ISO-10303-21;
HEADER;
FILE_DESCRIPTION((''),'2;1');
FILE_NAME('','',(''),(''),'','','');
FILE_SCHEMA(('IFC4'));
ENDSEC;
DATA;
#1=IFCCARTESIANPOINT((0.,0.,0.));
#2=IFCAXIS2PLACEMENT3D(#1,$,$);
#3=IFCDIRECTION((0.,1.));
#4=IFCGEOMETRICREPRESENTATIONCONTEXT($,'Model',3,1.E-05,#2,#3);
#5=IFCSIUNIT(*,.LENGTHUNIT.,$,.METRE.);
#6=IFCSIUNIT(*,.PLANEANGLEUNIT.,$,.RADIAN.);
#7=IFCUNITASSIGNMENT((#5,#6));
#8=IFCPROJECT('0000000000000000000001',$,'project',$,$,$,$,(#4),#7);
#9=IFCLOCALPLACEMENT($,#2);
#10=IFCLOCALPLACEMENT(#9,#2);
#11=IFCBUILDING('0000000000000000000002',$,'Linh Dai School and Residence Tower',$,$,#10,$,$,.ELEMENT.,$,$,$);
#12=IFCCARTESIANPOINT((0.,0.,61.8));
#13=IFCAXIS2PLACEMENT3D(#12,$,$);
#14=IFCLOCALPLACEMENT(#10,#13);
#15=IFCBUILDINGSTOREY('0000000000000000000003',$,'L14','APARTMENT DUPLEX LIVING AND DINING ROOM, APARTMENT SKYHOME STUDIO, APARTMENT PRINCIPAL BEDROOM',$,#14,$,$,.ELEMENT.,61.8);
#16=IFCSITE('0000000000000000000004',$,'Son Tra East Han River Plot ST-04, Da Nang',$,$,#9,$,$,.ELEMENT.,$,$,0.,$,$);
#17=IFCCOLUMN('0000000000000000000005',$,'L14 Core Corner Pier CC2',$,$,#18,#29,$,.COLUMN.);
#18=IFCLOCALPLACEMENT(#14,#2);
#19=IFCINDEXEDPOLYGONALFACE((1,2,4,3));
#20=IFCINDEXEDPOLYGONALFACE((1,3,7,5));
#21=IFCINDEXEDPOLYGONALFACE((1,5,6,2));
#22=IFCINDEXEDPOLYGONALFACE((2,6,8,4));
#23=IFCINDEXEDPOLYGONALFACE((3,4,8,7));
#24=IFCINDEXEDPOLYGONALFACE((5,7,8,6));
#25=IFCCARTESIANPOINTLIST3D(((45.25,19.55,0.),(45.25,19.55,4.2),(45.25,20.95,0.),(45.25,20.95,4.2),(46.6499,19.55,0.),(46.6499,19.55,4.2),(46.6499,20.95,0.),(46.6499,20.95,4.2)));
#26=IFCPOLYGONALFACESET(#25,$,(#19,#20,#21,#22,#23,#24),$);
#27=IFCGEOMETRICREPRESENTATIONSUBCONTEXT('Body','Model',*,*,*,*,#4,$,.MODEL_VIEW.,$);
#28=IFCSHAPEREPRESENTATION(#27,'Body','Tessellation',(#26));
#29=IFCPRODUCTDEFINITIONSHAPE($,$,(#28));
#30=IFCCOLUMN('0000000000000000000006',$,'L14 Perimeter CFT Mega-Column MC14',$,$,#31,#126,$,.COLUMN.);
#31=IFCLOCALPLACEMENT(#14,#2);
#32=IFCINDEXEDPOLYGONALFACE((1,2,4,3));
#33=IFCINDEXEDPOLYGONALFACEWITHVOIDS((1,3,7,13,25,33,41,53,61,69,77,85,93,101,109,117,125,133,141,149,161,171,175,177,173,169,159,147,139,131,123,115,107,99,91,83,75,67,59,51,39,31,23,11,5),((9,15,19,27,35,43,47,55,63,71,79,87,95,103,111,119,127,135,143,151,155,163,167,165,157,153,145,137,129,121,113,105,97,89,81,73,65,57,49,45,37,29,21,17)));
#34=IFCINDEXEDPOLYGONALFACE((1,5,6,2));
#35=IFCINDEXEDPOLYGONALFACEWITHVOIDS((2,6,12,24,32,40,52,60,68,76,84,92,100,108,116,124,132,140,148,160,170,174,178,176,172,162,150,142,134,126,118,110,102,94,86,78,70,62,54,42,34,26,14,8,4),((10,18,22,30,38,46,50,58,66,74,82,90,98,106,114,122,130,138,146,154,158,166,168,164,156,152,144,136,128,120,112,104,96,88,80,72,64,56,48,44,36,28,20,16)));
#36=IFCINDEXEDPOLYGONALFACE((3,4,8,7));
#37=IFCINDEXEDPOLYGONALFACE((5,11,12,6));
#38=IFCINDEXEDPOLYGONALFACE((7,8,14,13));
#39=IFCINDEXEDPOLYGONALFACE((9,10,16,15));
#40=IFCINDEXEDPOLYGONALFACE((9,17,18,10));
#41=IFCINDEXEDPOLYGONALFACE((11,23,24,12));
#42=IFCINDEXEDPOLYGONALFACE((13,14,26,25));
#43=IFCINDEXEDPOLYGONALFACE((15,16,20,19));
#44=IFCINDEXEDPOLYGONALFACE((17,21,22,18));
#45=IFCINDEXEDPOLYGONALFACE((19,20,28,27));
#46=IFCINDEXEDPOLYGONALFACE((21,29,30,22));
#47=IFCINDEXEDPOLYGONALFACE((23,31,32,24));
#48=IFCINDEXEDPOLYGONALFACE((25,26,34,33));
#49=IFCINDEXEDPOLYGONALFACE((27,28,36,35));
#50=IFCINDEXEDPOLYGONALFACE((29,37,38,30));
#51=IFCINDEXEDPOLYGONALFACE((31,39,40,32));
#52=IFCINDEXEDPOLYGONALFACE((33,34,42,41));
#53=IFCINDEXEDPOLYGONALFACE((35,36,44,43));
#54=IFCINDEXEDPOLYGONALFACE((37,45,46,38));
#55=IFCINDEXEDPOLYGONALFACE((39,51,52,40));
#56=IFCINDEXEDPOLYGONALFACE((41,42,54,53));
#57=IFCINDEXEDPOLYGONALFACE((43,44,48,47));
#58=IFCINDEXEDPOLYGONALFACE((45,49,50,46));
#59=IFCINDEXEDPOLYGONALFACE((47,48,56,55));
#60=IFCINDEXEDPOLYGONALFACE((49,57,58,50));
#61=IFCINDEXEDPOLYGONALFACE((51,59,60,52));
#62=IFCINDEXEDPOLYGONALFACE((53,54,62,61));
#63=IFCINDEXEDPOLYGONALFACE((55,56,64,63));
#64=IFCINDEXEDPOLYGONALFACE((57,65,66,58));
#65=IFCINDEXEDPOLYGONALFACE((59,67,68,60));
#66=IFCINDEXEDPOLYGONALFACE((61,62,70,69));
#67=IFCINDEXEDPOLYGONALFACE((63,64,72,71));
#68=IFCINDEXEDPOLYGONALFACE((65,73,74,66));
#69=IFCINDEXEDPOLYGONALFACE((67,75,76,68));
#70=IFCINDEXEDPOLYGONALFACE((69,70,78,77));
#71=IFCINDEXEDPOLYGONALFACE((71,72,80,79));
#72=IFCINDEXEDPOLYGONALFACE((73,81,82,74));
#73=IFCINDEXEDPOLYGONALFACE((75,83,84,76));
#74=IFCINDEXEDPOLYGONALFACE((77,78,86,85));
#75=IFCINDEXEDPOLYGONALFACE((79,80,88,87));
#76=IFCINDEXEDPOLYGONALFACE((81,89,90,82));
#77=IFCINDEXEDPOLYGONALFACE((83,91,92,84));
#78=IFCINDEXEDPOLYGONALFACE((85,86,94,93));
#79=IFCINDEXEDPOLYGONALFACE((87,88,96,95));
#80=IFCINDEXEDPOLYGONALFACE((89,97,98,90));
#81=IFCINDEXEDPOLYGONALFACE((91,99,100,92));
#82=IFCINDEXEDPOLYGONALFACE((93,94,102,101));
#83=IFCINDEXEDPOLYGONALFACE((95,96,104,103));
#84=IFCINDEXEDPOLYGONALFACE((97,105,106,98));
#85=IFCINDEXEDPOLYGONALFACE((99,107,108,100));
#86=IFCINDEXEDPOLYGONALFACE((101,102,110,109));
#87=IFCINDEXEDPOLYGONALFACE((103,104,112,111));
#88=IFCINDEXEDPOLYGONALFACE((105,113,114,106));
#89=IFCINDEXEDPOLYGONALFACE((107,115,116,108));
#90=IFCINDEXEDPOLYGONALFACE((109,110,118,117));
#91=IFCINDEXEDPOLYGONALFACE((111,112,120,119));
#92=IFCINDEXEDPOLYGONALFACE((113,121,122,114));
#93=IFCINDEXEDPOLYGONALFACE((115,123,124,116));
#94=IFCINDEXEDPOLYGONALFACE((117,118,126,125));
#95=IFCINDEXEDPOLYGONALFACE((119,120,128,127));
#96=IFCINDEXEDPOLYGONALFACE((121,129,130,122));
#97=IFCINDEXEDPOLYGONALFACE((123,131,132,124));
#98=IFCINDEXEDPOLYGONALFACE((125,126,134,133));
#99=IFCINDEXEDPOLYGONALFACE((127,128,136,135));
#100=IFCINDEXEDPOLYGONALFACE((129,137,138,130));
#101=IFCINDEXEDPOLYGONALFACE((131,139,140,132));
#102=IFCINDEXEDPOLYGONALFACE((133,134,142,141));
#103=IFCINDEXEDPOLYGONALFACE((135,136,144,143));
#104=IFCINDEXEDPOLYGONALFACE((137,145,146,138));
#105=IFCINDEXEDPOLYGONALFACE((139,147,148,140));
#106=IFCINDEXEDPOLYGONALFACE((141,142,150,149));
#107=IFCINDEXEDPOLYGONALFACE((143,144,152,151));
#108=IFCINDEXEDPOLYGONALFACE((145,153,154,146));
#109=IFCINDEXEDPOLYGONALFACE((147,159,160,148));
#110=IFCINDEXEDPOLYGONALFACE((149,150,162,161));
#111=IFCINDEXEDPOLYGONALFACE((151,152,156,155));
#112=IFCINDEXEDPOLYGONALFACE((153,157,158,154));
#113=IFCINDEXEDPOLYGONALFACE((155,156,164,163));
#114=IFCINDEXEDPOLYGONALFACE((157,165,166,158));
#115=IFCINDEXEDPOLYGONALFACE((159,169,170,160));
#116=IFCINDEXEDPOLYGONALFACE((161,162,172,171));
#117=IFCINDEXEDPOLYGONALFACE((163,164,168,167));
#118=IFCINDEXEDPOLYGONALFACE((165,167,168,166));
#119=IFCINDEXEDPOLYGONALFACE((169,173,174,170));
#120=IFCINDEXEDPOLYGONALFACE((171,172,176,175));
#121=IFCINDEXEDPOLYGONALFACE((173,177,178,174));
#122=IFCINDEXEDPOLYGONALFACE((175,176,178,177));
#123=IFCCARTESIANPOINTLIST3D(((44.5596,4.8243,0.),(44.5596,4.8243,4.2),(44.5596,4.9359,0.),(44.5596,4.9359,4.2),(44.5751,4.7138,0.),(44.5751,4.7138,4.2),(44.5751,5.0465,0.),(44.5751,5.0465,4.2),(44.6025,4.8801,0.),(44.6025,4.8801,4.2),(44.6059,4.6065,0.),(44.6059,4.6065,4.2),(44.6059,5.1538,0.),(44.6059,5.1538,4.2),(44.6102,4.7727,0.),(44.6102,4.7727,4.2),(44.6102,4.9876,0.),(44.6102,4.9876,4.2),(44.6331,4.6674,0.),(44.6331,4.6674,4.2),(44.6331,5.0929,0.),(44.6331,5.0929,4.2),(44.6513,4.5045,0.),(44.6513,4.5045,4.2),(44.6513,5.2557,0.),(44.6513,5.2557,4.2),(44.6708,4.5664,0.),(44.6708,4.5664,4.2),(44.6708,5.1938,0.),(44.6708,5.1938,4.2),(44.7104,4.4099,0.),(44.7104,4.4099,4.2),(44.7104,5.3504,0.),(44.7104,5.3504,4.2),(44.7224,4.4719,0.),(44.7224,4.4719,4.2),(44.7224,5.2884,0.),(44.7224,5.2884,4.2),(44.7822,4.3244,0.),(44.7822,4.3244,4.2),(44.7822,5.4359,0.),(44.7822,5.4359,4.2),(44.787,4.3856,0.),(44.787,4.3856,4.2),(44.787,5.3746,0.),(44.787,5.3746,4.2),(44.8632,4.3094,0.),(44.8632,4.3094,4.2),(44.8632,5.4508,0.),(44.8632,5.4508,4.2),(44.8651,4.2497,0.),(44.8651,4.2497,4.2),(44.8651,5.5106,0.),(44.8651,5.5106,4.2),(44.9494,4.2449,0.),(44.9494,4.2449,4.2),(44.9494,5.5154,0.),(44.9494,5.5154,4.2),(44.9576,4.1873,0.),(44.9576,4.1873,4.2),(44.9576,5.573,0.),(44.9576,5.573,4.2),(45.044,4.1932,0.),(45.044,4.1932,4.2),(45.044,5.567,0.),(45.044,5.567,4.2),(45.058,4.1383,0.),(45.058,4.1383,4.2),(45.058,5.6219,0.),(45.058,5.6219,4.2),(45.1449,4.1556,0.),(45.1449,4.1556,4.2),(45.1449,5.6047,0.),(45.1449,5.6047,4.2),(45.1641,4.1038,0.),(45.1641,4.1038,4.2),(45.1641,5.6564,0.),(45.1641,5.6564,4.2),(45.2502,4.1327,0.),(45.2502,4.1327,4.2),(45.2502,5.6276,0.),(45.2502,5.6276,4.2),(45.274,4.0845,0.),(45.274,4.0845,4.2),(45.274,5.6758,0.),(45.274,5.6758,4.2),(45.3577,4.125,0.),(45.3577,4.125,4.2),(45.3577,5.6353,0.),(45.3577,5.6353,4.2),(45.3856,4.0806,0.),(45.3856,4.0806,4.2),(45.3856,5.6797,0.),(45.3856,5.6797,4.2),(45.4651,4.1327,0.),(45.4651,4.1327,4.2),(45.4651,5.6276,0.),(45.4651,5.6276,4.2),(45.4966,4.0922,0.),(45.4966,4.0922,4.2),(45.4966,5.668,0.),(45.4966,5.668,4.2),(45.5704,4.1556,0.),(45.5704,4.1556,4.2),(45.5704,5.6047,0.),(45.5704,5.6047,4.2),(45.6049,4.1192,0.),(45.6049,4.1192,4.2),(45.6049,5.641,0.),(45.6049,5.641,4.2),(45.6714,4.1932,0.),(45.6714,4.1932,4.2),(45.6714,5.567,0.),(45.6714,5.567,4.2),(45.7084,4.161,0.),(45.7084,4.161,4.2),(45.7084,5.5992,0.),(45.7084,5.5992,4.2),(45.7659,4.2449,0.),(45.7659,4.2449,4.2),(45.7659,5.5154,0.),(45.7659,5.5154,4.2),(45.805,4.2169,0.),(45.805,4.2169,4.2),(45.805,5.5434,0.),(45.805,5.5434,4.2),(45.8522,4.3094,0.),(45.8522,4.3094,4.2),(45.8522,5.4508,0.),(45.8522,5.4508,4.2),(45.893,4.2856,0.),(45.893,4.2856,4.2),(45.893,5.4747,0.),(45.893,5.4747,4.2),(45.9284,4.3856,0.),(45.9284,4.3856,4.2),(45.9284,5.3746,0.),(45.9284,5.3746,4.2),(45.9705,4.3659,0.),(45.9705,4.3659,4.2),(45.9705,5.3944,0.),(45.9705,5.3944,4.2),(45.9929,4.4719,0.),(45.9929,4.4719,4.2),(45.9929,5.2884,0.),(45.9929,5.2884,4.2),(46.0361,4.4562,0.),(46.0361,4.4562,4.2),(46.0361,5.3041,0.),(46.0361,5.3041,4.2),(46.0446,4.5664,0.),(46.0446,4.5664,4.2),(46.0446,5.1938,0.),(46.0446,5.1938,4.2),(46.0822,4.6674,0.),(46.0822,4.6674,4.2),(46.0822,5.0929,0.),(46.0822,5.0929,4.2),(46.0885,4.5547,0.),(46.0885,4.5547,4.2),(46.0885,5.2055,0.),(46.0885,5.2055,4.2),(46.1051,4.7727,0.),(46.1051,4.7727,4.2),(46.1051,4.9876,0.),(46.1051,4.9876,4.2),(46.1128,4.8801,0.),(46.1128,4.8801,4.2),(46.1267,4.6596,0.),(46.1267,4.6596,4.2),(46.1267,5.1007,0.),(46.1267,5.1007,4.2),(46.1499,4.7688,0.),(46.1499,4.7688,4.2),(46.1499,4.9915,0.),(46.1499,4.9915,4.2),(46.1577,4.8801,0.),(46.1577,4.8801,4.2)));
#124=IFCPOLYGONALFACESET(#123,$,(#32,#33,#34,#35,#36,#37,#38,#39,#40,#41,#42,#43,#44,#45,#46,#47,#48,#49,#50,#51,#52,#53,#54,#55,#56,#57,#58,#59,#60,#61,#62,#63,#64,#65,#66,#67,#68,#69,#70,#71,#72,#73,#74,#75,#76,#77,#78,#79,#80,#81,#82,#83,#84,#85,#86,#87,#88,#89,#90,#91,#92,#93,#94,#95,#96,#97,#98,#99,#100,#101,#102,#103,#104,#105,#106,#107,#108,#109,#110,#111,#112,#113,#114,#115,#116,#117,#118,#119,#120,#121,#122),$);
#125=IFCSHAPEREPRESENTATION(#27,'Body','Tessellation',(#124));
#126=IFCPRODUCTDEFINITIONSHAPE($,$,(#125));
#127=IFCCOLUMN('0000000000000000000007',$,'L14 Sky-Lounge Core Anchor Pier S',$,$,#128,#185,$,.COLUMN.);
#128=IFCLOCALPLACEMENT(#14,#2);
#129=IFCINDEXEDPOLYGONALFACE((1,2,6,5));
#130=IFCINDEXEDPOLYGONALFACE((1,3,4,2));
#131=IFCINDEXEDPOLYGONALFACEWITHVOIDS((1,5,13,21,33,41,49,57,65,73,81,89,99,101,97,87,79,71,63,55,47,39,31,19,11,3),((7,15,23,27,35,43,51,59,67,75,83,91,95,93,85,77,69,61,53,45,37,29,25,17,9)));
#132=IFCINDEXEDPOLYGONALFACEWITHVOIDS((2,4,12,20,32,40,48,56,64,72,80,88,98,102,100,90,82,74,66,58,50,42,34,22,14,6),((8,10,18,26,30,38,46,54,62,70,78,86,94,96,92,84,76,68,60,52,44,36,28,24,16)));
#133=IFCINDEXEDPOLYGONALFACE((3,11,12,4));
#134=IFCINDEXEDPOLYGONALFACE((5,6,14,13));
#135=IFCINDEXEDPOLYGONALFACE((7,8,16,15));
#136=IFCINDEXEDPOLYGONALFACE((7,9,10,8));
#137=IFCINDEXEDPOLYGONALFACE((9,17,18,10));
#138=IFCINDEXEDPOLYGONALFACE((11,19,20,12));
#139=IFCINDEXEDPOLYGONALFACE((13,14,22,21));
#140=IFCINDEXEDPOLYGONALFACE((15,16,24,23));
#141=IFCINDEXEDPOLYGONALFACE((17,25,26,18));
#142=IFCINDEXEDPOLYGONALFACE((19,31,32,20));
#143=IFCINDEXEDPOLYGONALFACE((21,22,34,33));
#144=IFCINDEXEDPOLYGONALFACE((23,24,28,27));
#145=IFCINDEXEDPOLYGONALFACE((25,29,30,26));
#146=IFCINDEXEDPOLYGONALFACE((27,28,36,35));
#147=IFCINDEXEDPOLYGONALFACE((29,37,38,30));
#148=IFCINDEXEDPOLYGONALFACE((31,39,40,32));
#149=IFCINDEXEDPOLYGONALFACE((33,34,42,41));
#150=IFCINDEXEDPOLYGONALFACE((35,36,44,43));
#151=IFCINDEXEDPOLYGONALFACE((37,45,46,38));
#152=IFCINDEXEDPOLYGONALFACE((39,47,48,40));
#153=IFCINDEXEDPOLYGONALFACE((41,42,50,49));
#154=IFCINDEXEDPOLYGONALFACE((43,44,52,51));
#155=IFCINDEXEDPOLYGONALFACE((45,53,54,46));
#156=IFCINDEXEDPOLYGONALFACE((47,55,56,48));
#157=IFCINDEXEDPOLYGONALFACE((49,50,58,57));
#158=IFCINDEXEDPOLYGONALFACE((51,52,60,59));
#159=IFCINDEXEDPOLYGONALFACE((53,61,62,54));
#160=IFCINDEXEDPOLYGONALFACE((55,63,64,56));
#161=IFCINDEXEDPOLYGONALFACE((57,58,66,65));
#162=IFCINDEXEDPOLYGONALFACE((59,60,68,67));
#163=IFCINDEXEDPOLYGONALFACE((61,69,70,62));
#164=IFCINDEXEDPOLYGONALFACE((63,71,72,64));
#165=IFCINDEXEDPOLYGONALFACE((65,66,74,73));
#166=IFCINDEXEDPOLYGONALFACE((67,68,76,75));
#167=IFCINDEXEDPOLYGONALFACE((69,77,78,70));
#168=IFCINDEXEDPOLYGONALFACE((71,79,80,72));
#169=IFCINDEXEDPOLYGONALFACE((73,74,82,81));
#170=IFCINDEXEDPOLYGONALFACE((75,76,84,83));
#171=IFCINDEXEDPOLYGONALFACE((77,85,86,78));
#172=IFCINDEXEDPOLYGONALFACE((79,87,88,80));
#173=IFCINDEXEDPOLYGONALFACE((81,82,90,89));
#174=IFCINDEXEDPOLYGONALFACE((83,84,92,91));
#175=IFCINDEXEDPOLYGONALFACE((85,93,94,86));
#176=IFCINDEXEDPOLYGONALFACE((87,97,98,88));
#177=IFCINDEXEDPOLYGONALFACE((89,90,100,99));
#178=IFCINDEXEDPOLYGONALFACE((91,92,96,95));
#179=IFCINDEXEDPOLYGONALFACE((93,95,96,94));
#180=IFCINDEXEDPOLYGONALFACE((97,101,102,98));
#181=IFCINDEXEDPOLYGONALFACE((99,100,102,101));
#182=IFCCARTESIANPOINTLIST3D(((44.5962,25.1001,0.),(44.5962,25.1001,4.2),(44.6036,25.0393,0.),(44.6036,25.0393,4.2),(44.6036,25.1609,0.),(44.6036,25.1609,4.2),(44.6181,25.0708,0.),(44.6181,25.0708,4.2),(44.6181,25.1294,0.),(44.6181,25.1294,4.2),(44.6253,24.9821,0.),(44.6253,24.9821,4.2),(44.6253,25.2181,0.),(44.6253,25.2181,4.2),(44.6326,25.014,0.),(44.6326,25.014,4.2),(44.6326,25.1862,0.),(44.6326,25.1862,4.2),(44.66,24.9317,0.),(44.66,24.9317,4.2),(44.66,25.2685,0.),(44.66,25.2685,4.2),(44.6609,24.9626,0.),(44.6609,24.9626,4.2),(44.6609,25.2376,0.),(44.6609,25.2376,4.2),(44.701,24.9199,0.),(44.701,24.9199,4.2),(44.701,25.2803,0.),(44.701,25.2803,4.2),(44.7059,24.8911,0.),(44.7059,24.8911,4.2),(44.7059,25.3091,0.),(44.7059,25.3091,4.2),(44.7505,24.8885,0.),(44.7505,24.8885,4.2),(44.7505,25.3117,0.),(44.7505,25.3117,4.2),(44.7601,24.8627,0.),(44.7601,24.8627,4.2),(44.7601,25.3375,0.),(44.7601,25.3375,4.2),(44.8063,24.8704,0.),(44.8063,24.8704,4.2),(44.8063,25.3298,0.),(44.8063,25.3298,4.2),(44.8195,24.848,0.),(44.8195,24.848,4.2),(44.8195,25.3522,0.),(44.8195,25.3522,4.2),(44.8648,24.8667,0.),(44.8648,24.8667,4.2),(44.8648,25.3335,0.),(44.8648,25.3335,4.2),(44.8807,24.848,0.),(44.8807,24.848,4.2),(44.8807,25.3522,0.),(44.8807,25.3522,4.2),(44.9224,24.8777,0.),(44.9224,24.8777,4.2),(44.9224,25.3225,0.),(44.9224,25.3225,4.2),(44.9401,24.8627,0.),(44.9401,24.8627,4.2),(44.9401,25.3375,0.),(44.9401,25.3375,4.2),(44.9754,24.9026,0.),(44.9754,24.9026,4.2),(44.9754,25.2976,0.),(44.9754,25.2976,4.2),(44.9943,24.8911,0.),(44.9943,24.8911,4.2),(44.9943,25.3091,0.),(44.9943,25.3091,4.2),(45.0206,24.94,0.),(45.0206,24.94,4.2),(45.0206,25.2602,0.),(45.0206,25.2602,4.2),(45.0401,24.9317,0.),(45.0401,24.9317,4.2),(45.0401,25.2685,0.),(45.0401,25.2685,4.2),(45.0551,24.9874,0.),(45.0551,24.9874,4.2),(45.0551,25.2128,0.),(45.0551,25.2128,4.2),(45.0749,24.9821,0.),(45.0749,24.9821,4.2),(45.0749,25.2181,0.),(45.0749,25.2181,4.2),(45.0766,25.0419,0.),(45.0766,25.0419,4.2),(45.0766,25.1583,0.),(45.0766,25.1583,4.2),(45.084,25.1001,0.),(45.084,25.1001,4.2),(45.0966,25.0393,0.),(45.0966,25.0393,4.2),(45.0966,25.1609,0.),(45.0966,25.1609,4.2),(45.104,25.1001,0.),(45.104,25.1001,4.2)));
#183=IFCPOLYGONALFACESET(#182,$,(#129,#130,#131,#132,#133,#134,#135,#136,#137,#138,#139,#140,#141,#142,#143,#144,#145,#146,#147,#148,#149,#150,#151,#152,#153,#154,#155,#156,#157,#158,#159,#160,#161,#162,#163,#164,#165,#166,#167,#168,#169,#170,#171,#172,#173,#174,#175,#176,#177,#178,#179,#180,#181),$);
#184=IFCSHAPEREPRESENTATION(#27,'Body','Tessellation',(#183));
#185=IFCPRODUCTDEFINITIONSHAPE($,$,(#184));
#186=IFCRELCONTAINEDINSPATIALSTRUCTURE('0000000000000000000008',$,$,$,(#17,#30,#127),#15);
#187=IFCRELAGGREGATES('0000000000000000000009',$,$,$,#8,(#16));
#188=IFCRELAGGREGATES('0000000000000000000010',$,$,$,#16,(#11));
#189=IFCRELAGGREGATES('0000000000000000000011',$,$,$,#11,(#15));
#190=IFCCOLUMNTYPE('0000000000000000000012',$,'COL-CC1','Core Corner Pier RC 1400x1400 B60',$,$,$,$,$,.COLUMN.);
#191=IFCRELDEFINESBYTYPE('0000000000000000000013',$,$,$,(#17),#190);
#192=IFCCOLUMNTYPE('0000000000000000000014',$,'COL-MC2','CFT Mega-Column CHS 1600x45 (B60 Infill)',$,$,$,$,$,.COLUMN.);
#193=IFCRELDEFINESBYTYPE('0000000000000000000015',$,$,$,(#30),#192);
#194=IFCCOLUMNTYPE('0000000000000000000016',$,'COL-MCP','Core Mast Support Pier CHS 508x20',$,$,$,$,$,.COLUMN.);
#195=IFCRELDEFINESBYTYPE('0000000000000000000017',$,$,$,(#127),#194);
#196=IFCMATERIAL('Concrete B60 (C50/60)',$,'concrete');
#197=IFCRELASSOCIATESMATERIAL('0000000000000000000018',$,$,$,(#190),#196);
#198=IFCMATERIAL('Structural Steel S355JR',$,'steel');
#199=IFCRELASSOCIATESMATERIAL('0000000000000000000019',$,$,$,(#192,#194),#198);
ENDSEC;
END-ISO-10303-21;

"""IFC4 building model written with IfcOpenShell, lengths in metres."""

from ifc_helpers import new_model, si_unit, direction, frame, origin, origin_2d, place, context, subcontext, project, spatial, rectangle, hollow_circle, extrude, material, material_profile, profile_set, type_object, element, save


model = new_model("IFC4")

# Units and contexts
model_context = context("Model", 3, precision=1e-05, world=origin(), true_north=direction((0.0, 1.0)))
body_context = subcontext(model_context, "Body", "Model", "MODEL_VIEW")
ifc_project = project(units=[si_unit("LENGTHUNIT", "METRE"), si_unit("PLANEANGLEUNIT", "RADIAN")], contexts=[model_context])

# Site, building, storey
site_placement = place(None, origin())
site = spatial("IfcSite", under=ifc_project, at=site_placement, Name="Son Tra East Han River Plot ST-04, Da Nang", CompositionType="ELEMENT", RefElevation=0.0)
building_placement = place(site_placement, origin())
building = spatial("IfcBuilding", under=site, at=building_placement, Name="Linh Dai School and Residence Tower", CompositionType="ELEMENT")
storey_placement = place(building_placement, frame((0.0, 0.0, 61.8)))
storey = spatial("IfcBuildingStorey", under=building, at=storey_placement, Name="L14", Description="APARTMENT DUPLEX LIVING AND DINING ROOM, APARTMENT SKYHOME STUDIO, APARTMENT PRINCIPAL BEDROOM", CompositionType="ELEMENT", Elevation=61.8)

# Columns
ifc_material_1 = material(Name="Concrete B60 (C50/60)", Category="concrete")
ifc_material_profile_1 = material_profile(ifc_material_1, rectangle(XDim=1.3999, YDim=1.3999, at=origin_2d()), Name="RC 1400x1400")
ifc_profile_set_1 = profile_set([ifc_material_profile_1], Name="Concrete B60 (C50/60)")
column_type_1 = type_object("IfcColumnType", Name="COL-CC1", Description="Core Corner Pier RC 1400x1400 B60", PredefinedType="COLUMN", material=ifc_profile_set_1)
column_1_placement = place(storey_placement, frame((45.95, 20.25, 0.0), z_axis=(0.0, 0.0, 1.0), x_axis=(1.0, 0.0, 0.0)))
element("IfcColumn", 1, at=column_1_placement, inside=storey, type_object=column_type_1, Name="L14 Core Corner Pier CC2", PredefinedType="COLUMN", context=body_context, shape_type="SweptSolid", body=[
    extrude(rectangle(XDim=1.3999, YDim=1.3999, at=origin_2d()), origin(), (0.0, 0.0, 1.0), 4.2),
])
ifc_material_2 = material(Name="Structural Steel S355JR", Category="steel")
ifc_material_profile_2 = material_profile(ifc_material_2, hollow_circle(Radius=0.8, WallThickness=0.0449, at=origin_2d()), Name="CHS 1600x45")
ifc_profile_set_2 = profile_set([ifc_material_profile_2], Name="Structural Steel S355JR")
column_type_2 = type_object("IfcColumnType", Name="COL-MC2", Description="CFT Mega-Column CHS 1600x45 (B60 Infill)", PredefinedType="COLUMN", material=ifc_profile_set_2)
column_2_placement = place(storey_placement, frame((45.3577, 4.8801, 0.0), z_axis=(0.0, 0.0, 1.0), x_axis=(1.0, 0.0, 0.0)))
element("IfcColumn", 2, at=column_2_placement, inside=storey, type_object=column_type_2, Name="L14 Perimeter CFT Mega-Column MC14", PredefinedType="COLUMN", context=body_context, shape_type="SweptSolid", body=[
    extrude(hollow_circle(Radius=0.8, WallThickness=0.0449, at=origin_2d()), origin(), (0.0, 0.0, 1.0), 4.2),
])
ifc_material_profile_3 = material_profile(ifc_material_2, hollow_circle(Radius=0.2539, WallThickness=0.02, at=origin_2d()), Name="CHS 508x20")
ifc_profile_set_3 = profile_set([ifc_material_profile_3], Name="Structural Steel S355JR")
column_type_3 = type_object("IfcColumnType", Name="COL-MCP", Description="Core Mast Support Pier CHS 508x20", PredefinedType="COLUMN", material=ifc_profile_set_3)
column_3_placement = place(storey_placement, frame((44.8501, 25.1001, 0.0), z_axis=(0.0, 0.0, 1.0), x_axis=(1.0, 0.0, 0.0)))
element("IfcColumn", 3, at=column_3_placement, inside=storey, type_object=column_type_3, Name="L14 Sky-Lounge Core Anchor Pier S", PredefinedType="COLUMN", context=body_context, shape_type="SweptSolid", body=[
    extrude(hollow_circle(Radius=0.2539, WallThickness=0.02, at=origin_2d()), origin(), (0.0, 0.0, 1.0), 4.2),
])

save(model, "model.ifc")
